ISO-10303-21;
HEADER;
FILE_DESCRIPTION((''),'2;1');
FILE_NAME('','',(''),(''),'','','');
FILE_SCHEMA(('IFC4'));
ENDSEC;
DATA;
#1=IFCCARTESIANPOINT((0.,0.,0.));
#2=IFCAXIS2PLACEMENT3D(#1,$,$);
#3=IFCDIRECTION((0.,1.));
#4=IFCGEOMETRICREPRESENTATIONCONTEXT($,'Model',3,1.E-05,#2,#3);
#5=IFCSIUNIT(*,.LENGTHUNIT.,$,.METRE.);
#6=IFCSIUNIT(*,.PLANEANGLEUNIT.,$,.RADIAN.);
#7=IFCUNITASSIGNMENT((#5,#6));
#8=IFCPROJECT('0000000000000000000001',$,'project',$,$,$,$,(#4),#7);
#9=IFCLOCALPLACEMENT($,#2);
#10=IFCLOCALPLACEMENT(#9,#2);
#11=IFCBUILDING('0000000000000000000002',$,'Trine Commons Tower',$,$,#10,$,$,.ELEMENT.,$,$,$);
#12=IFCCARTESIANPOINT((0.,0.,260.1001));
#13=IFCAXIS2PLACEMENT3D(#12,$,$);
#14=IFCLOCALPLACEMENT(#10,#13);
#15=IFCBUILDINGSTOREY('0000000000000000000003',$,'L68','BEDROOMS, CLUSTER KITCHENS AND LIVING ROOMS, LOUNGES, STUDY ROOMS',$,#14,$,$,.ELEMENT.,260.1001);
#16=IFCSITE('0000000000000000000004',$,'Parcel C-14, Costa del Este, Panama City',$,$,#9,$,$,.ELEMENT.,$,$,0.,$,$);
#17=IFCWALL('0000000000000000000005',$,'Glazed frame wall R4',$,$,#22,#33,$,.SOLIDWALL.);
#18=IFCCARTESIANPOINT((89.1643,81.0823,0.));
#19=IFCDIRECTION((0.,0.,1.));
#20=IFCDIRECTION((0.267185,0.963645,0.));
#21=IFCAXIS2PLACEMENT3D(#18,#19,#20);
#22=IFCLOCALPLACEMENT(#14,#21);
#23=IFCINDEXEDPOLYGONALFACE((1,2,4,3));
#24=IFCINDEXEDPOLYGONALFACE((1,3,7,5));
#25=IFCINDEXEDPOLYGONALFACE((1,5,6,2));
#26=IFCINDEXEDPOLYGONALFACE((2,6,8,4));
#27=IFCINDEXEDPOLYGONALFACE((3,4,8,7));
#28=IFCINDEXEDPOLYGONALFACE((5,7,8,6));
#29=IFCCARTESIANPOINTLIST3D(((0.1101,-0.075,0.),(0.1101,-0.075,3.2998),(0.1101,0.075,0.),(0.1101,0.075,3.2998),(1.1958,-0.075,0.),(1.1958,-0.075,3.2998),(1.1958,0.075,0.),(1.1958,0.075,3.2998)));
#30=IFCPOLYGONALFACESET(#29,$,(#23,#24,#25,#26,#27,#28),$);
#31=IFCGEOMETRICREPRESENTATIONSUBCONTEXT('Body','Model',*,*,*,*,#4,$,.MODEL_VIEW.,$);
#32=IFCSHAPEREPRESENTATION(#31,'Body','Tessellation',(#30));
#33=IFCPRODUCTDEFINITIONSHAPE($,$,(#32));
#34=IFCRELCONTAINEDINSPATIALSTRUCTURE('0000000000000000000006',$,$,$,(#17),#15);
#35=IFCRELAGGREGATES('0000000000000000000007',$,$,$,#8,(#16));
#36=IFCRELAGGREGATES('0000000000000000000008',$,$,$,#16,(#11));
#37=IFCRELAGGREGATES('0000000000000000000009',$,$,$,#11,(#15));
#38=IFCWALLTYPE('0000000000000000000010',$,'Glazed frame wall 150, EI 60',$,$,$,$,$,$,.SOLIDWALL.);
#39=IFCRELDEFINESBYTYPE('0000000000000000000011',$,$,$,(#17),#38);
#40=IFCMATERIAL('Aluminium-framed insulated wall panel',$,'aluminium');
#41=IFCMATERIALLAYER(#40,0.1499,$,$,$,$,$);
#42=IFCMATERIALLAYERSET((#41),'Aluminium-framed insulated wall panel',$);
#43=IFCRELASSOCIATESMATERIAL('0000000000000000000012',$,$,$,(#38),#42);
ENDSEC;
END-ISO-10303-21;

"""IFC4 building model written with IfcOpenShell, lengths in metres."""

from ifc_helpers import new_model, si_unit, direction, frame, origin, place, context, subcontext, project, spatial, polyline, outline, extrude, material, layer, layer_set, type_object, element, save


model = new_model("IFC4")

# Units and contexts
model_context = context("Model", 3, precision=1e-05, world=origin(), true_north=direction((0.0, 1.0)))
body_context = subcontext(model_context, "Body", "Model", "MODEL_VIEW")
ifc_project = project(units=[si_unit("LENGTHUNIT", "METRE"), si_unit("PLANEANGLEUNIT", "RADIAN")], contexts=[model_context])

# Site, building, storey
site_placement = place(None, origin())
site = spatial("IfcSite", under=ifc_project, at=site_placement, Name="Parcel C-14, Costa del Este, Panama City", CompositionType="ELEMENT", RefElevation=0.0)
building_placement = place(site_placement, origin())
building = spatial("IfcBuilding", under=site, at=building_placement, Name="Trine Commons Tower", CompositionType="ELEMENT")
storey_placement = place(building_placement, frame((0.0, 0.0, 260.1001)))
storey = spatial("IfcBuildingStorey", under=building, at=storey_placement, Name="L68", Description="BEDROOMS, CLUSTER KITCHENS AND LIVING ROOMS, LOUNGES, STUDY ROOMS", CompositionType="ELEMENT", Elevation=260.1001)

# Shared definitions
ifc_material_1 = material(Name="Aluminium-framed insulated wall panel", Category="aluminium")
ifc_layer_1 = layer(ifc_material_1, 0.1499)
ifc_layer_set_1 = layer_set([ifc_layer_1], Name="Aluminium-framed insulated wall panel")
wall_type_1 = type_object("IfcWallType", Name="Glazed frame wall 150, EI 60", PredefinedType="SOLIDWALL", material=ifc_layer_set_1)

# Wall
wall_1_placement = place(storey_placement, frame((89.1643, 81.0823, 0.0), z_axis=(0.0, 0.0, 1.0), x_axis=(0.267185, 0.963645, 0.0)))
element("IfcWall", 1, at=wall_1_placement, inside=storey, type_object=wall_type_1, Name="Glazed frame wall R4", PredefinedType="SOLIDWALL", context=body_context, shape_type="SweptSolid", body=[
    extrude(outline(polyline([(0.1101, 0.075), (0.1101, -0.075), (1.1958, -0.075), (1.1958, 0.075), (0.1101, 0.075)])), origin(), (0.0, 0.0, 1.0), 3.2998),
])

save(model, "model.ifc")
